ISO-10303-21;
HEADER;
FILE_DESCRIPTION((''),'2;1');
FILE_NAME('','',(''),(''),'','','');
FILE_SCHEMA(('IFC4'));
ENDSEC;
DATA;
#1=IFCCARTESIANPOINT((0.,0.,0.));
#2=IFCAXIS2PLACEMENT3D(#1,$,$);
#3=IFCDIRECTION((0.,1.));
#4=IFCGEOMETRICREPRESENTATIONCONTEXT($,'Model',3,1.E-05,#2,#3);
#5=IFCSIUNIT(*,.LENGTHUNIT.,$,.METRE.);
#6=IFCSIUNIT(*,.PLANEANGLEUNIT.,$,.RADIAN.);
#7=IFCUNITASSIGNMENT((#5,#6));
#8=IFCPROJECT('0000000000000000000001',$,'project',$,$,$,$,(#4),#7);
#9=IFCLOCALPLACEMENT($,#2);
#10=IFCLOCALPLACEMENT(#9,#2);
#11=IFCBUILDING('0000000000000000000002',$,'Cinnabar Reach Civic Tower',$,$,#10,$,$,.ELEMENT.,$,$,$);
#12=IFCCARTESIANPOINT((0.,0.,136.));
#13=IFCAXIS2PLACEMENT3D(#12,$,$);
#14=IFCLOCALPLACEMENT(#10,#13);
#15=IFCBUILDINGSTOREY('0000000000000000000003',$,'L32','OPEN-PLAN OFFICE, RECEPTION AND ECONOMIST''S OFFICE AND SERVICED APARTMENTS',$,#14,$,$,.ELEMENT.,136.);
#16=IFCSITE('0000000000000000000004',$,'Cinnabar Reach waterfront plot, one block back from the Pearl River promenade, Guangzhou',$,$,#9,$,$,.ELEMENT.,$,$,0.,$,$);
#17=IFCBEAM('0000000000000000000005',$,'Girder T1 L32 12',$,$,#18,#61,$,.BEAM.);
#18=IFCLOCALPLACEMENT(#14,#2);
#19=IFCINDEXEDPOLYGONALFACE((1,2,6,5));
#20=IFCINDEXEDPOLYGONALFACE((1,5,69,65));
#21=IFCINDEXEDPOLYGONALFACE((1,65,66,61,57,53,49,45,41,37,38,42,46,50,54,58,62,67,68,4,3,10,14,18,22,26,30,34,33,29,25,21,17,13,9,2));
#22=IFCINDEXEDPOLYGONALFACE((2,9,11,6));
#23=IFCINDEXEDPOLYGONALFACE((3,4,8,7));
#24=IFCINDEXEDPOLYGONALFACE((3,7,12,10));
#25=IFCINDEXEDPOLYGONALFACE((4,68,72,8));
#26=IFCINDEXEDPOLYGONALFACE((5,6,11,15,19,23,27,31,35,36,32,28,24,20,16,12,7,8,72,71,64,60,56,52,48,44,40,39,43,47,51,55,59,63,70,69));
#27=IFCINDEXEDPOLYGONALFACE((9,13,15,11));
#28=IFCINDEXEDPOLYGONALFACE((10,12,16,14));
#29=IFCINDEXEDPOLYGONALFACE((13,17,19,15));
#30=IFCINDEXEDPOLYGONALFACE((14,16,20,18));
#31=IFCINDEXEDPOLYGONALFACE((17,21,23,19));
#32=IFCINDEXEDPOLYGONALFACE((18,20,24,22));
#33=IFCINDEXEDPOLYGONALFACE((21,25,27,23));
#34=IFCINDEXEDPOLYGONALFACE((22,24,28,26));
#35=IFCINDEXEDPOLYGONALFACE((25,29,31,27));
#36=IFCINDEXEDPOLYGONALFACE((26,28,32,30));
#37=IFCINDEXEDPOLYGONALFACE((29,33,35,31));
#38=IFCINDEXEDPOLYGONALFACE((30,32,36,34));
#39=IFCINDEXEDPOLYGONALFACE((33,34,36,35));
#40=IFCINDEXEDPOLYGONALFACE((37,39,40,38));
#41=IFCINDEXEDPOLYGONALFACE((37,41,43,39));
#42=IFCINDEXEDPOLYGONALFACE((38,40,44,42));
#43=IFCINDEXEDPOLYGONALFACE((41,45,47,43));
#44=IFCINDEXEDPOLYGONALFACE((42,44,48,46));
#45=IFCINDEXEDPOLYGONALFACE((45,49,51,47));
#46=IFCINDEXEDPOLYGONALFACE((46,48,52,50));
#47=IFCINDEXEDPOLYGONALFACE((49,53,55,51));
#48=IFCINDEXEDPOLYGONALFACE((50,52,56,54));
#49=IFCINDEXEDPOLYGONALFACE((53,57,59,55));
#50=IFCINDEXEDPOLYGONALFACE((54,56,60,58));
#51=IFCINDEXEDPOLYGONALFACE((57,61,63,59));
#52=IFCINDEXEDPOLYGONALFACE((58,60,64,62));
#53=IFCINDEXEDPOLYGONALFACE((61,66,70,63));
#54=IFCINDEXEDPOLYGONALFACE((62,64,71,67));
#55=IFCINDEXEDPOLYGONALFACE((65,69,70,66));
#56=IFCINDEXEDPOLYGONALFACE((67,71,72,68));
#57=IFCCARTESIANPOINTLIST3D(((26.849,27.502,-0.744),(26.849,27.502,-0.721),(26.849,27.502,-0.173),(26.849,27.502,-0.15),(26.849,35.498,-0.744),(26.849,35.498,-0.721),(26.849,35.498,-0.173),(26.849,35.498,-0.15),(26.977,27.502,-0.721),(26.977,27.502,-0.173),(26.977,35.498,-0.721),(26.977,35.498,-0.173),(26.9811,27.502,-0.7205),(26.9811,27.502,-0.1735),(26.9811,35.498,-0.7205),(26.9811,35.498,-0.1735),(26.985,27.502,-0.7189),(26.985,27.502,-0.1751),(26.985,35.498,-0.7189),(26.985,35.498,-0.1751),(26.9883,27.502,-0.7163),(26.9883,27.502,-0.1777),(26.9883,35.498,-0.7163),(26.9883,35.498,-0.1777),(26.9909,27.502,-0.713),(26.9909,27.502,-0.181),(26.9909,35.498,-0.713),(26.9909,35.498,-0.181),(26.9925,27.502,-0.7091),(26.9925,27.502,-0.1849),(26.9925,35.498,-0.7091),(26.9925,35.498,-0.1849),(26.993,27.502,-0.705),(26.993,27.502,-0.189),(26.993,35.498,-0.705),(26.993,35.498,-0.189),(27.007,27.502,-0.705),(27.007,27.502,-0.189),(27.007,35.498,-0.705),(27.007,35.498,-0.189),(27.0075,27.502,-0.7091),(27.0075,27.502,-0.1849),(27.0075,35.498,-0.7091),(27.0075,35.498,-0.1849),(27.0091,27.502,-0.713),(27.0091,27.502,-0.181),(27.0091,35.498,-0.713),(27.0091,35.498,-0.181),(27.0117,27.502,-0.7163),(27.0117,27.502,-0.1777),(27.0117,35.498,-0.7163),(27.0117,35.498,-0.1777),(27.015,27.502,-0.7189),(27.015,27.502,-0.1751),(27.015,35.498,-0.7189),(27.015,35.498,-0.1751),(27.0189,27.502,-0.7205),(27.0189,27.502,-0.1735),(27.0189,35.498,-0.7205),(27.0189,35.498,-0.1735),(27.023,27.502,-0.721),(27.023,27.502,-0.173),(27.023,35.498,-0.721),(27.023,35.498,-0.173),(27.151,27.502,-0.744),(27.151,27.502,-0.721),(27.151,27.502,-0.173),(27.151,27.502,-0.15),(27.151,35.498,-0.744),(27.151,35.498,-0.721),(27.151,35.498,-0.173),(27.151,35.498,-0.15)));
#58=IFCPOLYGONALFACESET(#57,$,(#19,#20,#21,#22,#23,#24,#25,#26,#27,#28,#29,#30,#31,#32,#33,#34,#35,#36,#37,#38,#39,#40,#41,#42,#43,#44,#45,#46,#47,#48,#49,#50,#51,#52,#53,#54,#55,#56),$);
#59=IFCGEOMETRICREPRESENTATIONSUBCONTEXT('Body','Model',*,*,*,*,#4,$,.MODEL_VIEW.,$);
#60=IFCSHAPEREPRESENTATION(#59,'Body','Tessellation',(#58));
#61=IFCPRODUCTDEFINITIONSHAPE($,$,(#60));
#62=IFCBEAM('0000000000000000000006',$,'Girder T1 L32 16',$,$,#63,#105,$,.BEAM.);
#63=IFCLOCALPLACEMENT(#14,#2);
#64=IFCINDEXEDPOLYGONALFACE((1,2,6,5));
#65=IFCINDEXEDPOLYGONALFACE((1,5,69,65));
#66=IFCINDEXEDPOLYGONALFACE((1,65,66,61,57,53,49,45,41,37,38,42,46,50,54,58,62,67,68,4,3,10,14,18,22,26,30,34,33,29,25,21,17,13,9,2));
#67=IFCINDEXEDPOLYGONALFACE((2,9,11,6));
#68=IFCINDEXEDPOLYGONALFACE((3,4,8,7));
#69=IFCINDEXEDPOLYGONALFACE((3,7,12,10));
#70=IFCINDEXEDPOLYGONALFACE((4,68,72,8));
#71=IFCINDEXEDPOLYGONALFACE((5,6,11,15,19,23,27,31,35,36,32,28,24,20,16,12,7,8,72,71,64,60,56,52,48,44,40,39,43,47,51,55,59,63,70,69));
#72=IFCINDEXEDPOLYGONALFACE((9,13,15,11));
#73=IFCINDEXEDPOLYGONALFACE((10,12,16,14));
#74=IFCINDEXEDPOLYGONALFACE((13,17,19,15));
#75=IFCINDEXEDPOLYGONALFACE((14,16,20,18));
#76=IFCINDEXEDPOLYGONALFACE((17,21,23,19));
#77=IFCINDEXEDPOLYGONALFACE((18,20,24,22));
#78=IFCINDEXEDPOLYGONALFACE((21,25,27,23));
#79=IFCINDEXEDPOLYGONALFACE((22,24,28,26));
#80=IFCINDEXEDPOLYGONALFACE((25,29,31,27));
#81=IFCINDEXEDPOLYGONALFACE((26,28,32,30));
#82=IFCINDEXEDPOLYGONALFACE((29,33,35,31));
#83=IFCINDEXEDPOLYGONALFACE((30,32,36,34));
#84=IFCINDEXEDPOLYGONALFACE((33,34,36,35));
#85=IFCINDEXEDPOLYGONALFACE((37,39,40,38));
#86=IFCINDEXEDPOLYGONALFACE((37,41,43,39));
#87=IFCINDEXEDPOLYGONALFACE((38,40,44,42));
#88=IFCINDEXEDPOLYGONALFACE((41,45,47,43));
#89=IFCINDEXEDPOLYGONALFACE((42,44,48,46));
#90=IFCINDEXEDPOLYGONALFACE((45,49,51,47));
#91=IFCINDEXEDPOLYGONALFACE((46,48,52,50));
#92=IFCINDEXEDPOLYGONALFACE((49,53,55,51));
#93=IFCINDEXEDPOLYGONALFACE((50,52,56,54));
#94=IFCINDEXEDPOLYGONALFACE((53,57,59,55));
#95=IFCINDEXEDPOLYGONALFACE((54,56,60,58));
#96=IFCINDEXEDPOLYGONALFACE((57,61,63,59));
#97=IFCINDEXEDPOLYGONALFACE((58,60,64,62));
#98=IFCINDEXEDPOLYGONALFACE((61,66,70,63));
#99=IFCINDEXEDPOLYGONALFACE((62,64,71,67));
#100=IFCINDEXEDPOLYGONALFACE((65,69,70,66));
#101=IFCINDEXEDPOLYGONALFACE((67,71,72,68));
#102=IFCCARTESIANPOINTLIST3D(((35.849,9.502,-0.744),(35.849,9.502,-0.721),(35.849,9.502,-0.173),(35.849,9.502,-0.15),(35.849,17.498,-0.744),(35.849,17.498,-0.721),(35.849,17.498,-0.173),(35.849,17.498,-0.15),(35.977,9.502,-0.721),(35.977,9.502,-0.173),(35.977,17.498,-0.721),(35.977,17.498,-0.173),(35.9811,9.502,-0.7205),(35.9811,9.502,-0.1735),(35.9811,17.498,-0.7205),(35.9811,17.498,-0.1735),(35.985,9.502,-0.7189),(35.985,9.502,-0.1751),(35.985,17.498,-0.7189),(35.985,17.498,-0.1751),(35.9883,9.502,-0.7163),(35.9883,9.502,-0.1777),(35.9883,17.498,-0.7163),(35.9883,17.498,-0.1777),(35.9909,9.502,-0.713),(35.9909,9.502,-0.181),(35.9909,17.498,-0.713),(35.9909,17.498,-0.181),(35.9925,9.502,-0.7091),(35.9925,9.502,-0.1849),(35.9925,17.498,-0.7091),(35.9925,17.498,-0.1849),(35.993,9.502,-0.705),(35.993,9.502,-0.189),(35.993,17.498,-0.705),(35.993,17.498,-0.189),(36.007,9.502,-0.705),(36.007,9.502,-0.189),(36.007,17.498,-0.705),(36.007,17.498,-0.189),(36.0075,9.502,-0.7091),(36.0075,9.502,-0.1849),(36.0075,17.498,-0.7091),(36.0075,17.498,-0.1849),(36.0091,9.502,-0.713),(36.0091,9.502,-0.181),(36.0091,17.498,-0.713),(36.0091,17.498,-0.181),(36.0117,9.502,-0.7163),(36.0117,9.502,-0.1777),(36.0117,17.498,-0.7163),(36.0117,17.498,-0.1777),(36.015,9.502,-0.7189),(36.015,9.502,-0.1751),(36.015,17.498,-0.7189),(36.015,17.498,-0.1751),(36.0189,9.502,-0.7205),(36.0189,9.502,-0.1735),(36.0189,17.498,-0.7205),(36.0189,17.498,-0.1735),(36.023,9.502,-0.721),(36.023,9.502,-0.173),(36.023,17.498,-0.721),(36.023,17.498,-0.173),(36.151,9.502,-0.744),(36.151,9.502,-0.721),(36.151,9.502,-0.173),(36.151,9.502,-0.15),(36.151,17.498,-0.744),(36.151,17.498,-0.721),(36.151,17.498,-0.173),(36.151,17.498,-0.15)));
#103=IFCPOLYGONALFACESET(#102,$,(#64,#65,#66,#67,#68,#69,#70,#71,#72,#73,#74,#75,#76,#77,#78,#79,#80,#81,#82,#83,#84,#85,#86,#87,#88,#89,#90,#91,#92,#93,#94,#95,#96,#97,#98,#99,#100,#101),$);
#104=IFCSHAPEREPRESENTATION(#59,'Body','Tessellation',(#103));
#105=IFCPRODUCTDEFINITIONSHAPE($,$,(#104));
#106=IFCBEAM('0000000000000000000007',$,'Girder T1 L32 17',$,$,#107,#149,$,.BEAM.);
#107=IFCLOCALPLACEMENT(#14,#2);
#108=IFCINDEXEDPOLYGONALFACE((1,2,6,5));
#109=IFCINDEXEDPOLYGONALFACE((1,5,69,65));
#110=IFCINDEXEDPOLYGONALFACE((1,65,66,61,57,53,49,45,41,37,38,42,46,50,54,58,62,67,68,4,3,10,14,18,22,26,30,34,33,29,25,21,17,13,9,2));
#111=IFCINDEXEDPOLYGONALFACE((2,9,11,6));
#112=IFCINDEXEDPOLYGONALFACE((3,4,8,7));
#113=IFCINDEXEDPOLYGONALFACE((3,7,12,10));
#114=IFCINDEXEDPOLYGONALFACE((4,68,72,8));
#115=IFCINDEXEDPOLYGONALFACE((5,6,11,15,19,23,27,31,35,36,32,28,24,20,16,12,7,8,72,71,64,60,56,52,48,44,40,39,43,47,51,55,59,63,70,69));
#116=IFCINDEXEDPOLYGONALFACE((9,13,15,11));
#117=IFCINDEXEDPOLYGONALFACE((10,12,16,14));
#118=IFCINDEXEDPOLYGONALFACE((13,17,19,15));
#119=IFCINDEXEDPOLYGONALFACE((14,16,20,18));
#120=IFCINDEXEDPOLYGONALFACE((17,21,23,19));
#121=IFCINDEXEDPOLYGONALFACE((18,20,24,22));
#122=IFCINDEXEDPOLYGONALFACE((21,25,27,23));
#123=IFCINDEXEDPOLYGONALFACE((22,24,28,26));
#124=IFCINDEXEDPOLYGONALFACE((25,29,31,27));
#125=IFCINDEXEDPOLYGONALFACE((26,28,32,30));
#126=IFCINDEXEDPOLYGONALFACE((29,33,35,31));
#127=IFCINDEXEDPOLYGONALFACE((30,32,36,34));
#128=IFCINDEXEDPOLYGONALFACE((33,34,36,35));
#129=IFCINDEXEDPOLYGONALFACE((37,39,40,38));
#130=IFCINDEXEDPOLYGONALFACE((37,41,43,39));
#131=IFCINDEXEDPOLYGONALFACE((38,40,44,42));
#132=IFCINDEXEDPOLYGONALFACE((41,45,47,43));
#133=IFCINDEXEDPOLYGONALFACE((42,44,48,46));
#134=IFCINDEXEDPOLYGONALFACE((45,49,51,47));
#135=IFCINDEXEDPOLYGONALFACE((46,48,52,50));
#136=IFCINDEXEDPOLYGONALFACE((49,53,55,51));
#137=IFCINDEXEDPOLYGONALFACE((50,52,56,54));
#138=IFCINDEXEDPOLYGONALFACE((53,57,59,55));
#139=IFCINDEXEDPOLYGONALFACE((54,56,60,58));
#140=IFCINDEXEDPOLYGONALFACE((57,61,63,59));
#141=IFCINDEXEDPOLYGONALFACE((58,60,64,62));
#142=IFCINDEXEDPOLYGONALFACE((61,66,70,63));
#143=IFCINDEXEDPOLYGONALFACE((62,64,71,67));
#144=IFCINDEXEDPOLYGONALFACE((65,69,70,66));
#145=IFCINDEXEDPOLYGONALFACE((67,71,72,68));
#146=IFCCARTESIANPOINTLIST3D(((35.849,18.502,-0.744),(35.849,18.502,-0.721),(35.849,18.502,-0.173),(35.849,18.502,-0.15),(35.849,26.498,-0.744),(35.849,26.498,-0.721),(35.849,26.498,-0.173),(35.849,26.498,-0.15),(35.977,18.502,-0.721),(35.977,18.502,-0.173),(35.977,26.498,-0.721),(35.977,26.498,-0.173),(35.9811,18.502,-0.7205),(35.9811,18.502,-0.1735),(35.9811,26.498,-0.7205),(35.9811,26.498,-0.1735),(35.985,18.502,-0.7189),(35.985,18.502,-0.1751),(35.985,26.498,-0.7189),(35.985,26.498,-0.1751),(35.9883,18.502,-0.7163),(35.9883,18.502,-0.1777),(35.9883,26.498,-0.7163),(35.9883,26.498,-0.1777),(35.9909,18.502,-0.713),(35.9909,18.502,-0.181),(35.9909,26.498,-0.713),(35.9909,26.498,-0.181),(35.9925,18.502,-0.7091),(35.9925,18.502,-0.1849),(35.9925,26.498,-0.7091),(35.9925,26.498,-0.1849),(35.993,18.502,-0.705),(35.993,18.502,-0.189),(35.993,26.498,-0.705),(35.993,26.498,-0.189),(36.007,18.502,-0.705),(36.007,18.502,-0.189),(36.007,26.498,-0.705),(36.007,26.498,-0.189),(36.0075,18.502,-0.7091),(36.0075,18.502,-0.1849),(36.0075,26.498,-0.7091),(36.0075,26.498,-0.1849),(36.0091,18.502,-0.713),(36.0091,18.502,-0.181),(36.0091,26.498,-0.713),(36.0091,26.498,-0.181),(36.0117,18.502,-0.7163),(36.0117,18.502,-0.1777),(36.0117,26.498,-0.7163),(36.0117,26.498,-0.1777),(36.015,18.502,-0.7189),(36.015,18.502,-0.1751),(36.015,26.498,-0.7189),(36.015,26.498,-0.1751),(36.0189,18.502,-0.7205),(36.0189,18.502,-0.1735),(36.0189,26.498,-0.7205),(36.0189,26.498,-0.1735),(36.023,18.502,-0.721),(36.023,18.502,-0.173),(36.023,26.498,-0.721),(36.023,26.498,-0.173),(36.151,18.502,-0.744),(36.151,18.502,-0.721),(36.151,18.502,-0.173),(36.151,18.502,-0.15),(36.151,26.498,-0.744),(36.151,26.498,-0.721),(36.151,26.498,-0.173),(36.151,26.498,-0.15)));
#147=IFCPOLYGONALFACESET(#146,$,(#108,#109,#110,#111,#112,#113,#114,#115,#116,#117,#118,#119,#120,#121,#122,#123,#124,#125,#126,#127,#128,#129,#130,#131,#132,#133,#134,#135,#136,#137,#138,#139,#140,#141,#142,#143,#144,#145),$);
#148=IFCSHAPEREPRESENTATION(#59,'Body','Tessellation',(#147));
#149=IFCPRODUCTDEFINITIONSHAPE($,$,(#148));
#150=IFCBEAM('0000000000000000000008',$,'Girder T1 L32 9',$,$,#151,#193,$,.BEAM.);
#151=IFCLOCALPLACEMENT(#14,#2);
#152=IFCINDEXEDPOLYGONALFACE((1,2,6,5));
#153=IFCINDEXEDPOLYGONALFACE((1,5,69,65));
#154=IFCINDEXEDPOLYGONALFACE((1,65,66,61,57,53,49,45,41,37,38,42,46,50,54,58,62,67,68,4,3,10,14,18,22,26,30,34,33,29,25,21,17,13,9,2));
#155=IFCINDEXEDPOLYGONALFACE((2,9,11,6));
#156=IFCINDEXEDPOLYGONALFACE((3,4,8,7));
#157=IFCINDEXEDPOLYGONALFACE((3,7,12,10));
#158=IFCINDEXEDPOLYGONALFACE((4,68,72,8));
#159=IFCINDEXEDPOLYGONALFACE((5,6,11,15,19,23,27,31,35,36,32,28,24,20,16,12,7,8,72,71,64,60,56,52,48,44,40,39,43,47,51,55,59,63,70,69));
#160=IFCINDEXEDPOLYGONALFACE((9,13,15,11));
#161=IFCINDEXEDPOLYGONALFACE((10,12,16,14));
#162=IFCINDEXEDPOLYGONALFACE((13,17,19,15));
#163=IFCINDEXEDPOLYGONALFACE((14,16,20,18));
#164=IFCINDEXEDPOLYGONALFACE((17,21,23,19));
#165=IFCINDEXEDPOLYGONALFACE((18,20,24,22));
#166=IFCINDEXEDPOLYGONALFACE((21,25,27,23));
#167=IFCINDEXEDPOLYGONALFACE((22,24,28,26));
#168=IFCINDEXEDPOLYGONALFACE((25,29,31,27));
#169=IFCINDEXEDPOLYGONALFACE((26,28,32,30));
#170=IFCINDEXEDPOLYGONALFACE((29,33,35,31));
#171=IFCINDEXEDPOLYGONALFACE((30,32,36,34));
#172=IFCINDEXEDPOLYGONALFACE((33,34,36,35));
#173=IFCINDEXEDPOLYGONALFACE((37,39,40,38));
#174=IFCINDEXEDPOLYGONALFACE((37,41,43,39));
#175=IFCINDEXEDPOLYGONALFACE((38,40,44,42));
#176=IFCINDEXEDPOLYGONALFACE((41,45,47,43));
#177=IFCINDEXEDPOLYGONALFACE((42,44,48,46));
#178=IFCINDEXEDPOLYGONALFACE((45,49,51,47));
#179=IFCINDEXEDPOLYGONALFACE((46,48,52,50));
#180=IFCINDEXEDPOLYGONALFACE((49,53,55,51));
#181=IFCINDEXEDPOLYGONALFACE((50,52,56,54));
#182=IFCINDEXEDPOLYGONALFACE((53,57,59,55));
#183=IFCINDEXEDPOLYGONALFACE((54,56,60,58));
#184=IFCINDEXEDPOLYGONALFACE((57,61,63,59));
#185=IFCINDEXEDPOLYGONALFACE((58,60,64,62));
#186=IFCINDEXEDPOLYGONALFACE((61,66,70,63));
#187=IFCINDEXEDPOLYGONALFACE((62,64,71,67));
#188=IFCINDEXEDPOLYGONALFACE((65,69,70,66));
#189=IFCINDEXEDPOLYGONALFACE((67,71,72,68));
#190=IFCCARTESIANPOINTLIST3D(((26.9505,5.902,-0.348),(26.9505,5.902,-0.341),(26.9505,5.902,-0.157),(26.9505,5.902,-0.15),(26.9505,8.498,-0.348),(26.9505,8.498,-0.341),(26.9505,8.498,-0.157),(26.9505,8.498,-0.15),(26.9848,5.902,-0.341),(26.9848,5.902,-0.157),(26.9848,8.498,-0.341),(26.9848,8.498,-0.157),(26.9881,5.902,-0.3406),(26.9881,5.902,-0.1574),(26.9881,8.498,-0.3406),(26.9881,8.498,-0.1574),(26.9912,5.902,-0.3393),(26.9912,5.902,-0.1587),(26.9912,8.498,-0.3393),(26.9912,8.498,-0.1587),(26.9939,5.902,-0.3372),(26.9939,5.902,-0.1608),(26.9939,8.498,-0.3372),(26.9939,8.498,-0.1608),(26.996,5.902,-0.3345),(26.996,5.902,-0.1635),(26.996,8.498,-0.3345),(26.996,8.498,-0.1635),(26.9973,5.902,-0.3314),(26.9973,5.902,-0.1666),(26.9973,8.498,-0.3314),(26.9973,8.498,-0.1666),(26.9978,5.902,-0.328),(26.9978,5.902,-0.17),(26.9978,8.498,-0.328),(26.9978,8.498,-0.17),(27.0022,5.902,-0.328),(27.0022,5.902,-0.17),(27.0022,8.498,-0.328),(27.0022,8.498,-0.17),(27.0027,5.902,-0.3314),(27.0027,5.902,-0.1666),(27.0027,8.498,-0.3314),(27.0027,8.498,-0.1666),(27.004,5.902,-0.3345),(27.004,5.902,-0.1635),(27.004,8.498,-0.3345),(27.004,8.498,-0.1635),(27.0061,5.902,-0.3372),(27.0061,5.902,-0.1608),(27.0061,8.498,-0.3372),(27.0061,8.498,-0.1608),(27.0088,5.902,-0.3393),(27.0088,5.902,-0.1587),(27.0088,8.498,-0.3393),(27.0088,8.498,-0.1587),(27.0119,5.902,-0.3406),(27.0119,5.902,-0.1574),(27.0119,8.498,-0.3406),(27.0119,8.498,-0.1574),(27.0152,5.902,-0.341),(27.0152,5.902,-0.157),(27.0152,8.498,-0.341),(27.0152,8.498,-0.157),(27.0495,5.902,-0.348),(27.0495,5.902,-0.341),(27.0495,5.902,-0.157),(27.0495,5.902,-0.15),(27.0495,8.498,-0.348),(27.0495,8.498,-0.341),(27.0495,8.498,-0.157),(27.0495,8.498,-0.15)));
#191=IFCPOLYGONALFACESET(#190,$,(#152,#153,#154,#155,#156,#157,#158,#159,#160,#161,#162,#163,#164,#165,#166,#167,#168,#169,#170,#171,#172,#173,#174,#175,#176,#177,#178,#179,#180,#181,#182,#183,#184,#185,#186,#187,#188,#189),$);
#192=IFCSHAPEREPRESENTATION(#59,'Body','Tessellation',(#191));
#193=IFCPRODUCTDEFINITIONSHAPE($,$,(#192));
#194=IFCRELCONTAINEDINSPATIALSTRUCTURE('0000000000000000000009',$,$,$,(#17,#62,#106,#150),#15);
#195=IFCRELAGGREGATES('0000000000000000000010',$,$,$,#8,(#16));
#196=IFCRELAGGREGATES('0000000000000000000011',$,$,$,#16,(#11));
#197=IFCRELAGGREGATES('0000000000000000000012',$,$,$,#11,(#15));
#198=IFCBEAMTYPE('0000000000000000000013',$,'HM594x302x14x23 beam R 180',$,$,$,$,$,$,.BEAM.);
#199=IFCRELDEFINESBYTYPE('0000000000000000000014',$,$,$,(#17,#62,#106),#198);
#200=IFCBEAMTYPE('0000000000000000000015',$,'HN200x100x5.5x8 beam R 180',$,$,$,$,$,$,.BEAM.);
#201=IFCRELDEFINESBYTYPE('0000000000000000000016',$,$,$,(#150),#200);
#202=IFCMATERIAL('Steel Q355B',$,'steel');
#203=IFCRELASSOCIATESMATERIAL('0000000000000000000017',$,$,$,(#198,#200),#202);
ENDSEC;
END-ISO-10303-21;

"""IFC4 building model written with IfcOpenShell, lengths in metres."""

from ifc_helpers import new_model, si_unit, direction, frame, origin, origin_2d, place, context, subcontext, project, spatial, i_section, extrude, material, material_profile, profile_set, type_object, element, save


model = new_model("IFC4")

# Units and contexts
model_context = context("Model", 3, precision=1e-05, world=origin(), true_north=direction((0.0, 1.0)))
body_context = subcontext(model_context, "Body", "Model", "MODEL_VIEW")
ifc_project = project(units=[si_unit("LENGTHUNIT", "METRE"), si_unit("PLANEANGLEUNIT", "RADIAN")], contexts=[model_context])

# Site, building, storey
site_placement = place(None, origin())
site = spatial("IfcSite", under=ifc_project, at=site_placement, Name="Cinnabar Reach waterfront plot, one block back from the Pearl River promenade, Guangzhou", CompositionType="ELEMENT", RefElevation=0.0)
building_placement = place(site_placement, origin())
building = spatial("IfcBuilding", under=site, at=building_placement, Name="Cinnabar Reach Civic Tower", CompositionType="ELEMENT")
storey_placement = place(building_placement, frame((0.0, 0.0, 136.0)))
storey = spatial("IfcBuildingStorey", under=building, at=storey_placement, Name="L32", Description="OPEN-PLAN OFFICE, RECEPTION AND ECONOMIST'S OFFICE AND SERVICED APARTMENTS", CompositionType="ELEMENT", Elevation=136.0)

# Beams
ifc_material_1 = material(Name="Steel Q355B", Category="steel")
ifc_material_profile_1 = material_profile(ifc_material_1, i_section(OverallWidth=0.302, OverallDepth=0.594, WebThickness=0.014, FlangeThickness=0.023, FilletRadius=0.016, at=origin_2d()), Name="HM594x302x14x23")
ifc_profile_set_1 = profile_set([ifc_material_profile_1], Name="Steel Q355B")
beam_type_1 = type_object("IfcBeamType", Name="HM594x302x14x23 beam R 180", PredefinedType="BEAM", material=ifc_profile_set_1)
for number, where, z_axis, x_axis, name in (
    (1, (27.0, 27.502, -0.447), (0.0, 1.0, 0.0), (-1.0, 0.0, 0.0), "Girder T1 L32 12"),
    (2, (36.0, 9.502, -0.447), (0.0, 1.0, 0.0), (-1.0, 0.0, 0.0), "Girder T1 L32 16"),
    (3, (36.0, 18.502, -0.447), (0.0, 1.0, 0.0), (-1.0, 0.0, 0.0), "Girder T1 L32 17"),
):
    element("IfcBeam", number, at=place(storey_placement, frame(where, z_axis=z_axis, x_axis=x_axis)), inside=storey, type_object=beam_type_1, Name=name, PredefinedType="BEAM", context=body_context, shape_type="SweptSolid", body=[
        extrude(i_section(OverallWidth=0.302, OverallDepth=0.594, WebThickness=0.014, FlangeThickness=0.023, FilletRadius=0.016, at=origin_2d()), origin(), (0.0, 0.0, 1.0), 7.996),
    ])
ifc_material_profile_2 = material_profile(ifc_material_1, i_section(OverallWidth=0.099, OverallDepth=0.198, WebThickness=0.0045, FlangeThickness=0.007, FilletRadius=0.013, at=origin_2d()), Name="HN200x100x5.5x8")
ifc_profile_set_2 = profile_set([ifc_material_profile_2], Name="Steel Q355B")
beam_type_2 = type_object("IfcBeamType", Name="HN200x100x5.5x8 beam R 180", PredefinedType="BEAM", material=ifc_profile_set_2)
for number, where, z_axis, x_axis, name in (
    (4, (27.0, 5.902, -0.249), (0.0, 1.0, 0.0), (-1.0, 0.0, 0.0), "Girder T1 L32 9"),
):
    element("IfcBeam", number, at=place(storey_placement, frame(where, z_axis=z_axis, x_axis=x_axis)), inside=storey, type_object=beam_type_2, Name=name, PredefinedType="BEAM", context=body_context, shape_type="SweptSolid", body=[
        extrude(i_section(OverallWidth=0.099, OverallDepth=0.198, WebThickness=0.0045, FlangeThickness=0.007, FilletRadius=0.013, at=origin_2d()), origin(), (0.0, 0.0, 1.0), 2.596),
    ])

save(model, "model.ifc")
